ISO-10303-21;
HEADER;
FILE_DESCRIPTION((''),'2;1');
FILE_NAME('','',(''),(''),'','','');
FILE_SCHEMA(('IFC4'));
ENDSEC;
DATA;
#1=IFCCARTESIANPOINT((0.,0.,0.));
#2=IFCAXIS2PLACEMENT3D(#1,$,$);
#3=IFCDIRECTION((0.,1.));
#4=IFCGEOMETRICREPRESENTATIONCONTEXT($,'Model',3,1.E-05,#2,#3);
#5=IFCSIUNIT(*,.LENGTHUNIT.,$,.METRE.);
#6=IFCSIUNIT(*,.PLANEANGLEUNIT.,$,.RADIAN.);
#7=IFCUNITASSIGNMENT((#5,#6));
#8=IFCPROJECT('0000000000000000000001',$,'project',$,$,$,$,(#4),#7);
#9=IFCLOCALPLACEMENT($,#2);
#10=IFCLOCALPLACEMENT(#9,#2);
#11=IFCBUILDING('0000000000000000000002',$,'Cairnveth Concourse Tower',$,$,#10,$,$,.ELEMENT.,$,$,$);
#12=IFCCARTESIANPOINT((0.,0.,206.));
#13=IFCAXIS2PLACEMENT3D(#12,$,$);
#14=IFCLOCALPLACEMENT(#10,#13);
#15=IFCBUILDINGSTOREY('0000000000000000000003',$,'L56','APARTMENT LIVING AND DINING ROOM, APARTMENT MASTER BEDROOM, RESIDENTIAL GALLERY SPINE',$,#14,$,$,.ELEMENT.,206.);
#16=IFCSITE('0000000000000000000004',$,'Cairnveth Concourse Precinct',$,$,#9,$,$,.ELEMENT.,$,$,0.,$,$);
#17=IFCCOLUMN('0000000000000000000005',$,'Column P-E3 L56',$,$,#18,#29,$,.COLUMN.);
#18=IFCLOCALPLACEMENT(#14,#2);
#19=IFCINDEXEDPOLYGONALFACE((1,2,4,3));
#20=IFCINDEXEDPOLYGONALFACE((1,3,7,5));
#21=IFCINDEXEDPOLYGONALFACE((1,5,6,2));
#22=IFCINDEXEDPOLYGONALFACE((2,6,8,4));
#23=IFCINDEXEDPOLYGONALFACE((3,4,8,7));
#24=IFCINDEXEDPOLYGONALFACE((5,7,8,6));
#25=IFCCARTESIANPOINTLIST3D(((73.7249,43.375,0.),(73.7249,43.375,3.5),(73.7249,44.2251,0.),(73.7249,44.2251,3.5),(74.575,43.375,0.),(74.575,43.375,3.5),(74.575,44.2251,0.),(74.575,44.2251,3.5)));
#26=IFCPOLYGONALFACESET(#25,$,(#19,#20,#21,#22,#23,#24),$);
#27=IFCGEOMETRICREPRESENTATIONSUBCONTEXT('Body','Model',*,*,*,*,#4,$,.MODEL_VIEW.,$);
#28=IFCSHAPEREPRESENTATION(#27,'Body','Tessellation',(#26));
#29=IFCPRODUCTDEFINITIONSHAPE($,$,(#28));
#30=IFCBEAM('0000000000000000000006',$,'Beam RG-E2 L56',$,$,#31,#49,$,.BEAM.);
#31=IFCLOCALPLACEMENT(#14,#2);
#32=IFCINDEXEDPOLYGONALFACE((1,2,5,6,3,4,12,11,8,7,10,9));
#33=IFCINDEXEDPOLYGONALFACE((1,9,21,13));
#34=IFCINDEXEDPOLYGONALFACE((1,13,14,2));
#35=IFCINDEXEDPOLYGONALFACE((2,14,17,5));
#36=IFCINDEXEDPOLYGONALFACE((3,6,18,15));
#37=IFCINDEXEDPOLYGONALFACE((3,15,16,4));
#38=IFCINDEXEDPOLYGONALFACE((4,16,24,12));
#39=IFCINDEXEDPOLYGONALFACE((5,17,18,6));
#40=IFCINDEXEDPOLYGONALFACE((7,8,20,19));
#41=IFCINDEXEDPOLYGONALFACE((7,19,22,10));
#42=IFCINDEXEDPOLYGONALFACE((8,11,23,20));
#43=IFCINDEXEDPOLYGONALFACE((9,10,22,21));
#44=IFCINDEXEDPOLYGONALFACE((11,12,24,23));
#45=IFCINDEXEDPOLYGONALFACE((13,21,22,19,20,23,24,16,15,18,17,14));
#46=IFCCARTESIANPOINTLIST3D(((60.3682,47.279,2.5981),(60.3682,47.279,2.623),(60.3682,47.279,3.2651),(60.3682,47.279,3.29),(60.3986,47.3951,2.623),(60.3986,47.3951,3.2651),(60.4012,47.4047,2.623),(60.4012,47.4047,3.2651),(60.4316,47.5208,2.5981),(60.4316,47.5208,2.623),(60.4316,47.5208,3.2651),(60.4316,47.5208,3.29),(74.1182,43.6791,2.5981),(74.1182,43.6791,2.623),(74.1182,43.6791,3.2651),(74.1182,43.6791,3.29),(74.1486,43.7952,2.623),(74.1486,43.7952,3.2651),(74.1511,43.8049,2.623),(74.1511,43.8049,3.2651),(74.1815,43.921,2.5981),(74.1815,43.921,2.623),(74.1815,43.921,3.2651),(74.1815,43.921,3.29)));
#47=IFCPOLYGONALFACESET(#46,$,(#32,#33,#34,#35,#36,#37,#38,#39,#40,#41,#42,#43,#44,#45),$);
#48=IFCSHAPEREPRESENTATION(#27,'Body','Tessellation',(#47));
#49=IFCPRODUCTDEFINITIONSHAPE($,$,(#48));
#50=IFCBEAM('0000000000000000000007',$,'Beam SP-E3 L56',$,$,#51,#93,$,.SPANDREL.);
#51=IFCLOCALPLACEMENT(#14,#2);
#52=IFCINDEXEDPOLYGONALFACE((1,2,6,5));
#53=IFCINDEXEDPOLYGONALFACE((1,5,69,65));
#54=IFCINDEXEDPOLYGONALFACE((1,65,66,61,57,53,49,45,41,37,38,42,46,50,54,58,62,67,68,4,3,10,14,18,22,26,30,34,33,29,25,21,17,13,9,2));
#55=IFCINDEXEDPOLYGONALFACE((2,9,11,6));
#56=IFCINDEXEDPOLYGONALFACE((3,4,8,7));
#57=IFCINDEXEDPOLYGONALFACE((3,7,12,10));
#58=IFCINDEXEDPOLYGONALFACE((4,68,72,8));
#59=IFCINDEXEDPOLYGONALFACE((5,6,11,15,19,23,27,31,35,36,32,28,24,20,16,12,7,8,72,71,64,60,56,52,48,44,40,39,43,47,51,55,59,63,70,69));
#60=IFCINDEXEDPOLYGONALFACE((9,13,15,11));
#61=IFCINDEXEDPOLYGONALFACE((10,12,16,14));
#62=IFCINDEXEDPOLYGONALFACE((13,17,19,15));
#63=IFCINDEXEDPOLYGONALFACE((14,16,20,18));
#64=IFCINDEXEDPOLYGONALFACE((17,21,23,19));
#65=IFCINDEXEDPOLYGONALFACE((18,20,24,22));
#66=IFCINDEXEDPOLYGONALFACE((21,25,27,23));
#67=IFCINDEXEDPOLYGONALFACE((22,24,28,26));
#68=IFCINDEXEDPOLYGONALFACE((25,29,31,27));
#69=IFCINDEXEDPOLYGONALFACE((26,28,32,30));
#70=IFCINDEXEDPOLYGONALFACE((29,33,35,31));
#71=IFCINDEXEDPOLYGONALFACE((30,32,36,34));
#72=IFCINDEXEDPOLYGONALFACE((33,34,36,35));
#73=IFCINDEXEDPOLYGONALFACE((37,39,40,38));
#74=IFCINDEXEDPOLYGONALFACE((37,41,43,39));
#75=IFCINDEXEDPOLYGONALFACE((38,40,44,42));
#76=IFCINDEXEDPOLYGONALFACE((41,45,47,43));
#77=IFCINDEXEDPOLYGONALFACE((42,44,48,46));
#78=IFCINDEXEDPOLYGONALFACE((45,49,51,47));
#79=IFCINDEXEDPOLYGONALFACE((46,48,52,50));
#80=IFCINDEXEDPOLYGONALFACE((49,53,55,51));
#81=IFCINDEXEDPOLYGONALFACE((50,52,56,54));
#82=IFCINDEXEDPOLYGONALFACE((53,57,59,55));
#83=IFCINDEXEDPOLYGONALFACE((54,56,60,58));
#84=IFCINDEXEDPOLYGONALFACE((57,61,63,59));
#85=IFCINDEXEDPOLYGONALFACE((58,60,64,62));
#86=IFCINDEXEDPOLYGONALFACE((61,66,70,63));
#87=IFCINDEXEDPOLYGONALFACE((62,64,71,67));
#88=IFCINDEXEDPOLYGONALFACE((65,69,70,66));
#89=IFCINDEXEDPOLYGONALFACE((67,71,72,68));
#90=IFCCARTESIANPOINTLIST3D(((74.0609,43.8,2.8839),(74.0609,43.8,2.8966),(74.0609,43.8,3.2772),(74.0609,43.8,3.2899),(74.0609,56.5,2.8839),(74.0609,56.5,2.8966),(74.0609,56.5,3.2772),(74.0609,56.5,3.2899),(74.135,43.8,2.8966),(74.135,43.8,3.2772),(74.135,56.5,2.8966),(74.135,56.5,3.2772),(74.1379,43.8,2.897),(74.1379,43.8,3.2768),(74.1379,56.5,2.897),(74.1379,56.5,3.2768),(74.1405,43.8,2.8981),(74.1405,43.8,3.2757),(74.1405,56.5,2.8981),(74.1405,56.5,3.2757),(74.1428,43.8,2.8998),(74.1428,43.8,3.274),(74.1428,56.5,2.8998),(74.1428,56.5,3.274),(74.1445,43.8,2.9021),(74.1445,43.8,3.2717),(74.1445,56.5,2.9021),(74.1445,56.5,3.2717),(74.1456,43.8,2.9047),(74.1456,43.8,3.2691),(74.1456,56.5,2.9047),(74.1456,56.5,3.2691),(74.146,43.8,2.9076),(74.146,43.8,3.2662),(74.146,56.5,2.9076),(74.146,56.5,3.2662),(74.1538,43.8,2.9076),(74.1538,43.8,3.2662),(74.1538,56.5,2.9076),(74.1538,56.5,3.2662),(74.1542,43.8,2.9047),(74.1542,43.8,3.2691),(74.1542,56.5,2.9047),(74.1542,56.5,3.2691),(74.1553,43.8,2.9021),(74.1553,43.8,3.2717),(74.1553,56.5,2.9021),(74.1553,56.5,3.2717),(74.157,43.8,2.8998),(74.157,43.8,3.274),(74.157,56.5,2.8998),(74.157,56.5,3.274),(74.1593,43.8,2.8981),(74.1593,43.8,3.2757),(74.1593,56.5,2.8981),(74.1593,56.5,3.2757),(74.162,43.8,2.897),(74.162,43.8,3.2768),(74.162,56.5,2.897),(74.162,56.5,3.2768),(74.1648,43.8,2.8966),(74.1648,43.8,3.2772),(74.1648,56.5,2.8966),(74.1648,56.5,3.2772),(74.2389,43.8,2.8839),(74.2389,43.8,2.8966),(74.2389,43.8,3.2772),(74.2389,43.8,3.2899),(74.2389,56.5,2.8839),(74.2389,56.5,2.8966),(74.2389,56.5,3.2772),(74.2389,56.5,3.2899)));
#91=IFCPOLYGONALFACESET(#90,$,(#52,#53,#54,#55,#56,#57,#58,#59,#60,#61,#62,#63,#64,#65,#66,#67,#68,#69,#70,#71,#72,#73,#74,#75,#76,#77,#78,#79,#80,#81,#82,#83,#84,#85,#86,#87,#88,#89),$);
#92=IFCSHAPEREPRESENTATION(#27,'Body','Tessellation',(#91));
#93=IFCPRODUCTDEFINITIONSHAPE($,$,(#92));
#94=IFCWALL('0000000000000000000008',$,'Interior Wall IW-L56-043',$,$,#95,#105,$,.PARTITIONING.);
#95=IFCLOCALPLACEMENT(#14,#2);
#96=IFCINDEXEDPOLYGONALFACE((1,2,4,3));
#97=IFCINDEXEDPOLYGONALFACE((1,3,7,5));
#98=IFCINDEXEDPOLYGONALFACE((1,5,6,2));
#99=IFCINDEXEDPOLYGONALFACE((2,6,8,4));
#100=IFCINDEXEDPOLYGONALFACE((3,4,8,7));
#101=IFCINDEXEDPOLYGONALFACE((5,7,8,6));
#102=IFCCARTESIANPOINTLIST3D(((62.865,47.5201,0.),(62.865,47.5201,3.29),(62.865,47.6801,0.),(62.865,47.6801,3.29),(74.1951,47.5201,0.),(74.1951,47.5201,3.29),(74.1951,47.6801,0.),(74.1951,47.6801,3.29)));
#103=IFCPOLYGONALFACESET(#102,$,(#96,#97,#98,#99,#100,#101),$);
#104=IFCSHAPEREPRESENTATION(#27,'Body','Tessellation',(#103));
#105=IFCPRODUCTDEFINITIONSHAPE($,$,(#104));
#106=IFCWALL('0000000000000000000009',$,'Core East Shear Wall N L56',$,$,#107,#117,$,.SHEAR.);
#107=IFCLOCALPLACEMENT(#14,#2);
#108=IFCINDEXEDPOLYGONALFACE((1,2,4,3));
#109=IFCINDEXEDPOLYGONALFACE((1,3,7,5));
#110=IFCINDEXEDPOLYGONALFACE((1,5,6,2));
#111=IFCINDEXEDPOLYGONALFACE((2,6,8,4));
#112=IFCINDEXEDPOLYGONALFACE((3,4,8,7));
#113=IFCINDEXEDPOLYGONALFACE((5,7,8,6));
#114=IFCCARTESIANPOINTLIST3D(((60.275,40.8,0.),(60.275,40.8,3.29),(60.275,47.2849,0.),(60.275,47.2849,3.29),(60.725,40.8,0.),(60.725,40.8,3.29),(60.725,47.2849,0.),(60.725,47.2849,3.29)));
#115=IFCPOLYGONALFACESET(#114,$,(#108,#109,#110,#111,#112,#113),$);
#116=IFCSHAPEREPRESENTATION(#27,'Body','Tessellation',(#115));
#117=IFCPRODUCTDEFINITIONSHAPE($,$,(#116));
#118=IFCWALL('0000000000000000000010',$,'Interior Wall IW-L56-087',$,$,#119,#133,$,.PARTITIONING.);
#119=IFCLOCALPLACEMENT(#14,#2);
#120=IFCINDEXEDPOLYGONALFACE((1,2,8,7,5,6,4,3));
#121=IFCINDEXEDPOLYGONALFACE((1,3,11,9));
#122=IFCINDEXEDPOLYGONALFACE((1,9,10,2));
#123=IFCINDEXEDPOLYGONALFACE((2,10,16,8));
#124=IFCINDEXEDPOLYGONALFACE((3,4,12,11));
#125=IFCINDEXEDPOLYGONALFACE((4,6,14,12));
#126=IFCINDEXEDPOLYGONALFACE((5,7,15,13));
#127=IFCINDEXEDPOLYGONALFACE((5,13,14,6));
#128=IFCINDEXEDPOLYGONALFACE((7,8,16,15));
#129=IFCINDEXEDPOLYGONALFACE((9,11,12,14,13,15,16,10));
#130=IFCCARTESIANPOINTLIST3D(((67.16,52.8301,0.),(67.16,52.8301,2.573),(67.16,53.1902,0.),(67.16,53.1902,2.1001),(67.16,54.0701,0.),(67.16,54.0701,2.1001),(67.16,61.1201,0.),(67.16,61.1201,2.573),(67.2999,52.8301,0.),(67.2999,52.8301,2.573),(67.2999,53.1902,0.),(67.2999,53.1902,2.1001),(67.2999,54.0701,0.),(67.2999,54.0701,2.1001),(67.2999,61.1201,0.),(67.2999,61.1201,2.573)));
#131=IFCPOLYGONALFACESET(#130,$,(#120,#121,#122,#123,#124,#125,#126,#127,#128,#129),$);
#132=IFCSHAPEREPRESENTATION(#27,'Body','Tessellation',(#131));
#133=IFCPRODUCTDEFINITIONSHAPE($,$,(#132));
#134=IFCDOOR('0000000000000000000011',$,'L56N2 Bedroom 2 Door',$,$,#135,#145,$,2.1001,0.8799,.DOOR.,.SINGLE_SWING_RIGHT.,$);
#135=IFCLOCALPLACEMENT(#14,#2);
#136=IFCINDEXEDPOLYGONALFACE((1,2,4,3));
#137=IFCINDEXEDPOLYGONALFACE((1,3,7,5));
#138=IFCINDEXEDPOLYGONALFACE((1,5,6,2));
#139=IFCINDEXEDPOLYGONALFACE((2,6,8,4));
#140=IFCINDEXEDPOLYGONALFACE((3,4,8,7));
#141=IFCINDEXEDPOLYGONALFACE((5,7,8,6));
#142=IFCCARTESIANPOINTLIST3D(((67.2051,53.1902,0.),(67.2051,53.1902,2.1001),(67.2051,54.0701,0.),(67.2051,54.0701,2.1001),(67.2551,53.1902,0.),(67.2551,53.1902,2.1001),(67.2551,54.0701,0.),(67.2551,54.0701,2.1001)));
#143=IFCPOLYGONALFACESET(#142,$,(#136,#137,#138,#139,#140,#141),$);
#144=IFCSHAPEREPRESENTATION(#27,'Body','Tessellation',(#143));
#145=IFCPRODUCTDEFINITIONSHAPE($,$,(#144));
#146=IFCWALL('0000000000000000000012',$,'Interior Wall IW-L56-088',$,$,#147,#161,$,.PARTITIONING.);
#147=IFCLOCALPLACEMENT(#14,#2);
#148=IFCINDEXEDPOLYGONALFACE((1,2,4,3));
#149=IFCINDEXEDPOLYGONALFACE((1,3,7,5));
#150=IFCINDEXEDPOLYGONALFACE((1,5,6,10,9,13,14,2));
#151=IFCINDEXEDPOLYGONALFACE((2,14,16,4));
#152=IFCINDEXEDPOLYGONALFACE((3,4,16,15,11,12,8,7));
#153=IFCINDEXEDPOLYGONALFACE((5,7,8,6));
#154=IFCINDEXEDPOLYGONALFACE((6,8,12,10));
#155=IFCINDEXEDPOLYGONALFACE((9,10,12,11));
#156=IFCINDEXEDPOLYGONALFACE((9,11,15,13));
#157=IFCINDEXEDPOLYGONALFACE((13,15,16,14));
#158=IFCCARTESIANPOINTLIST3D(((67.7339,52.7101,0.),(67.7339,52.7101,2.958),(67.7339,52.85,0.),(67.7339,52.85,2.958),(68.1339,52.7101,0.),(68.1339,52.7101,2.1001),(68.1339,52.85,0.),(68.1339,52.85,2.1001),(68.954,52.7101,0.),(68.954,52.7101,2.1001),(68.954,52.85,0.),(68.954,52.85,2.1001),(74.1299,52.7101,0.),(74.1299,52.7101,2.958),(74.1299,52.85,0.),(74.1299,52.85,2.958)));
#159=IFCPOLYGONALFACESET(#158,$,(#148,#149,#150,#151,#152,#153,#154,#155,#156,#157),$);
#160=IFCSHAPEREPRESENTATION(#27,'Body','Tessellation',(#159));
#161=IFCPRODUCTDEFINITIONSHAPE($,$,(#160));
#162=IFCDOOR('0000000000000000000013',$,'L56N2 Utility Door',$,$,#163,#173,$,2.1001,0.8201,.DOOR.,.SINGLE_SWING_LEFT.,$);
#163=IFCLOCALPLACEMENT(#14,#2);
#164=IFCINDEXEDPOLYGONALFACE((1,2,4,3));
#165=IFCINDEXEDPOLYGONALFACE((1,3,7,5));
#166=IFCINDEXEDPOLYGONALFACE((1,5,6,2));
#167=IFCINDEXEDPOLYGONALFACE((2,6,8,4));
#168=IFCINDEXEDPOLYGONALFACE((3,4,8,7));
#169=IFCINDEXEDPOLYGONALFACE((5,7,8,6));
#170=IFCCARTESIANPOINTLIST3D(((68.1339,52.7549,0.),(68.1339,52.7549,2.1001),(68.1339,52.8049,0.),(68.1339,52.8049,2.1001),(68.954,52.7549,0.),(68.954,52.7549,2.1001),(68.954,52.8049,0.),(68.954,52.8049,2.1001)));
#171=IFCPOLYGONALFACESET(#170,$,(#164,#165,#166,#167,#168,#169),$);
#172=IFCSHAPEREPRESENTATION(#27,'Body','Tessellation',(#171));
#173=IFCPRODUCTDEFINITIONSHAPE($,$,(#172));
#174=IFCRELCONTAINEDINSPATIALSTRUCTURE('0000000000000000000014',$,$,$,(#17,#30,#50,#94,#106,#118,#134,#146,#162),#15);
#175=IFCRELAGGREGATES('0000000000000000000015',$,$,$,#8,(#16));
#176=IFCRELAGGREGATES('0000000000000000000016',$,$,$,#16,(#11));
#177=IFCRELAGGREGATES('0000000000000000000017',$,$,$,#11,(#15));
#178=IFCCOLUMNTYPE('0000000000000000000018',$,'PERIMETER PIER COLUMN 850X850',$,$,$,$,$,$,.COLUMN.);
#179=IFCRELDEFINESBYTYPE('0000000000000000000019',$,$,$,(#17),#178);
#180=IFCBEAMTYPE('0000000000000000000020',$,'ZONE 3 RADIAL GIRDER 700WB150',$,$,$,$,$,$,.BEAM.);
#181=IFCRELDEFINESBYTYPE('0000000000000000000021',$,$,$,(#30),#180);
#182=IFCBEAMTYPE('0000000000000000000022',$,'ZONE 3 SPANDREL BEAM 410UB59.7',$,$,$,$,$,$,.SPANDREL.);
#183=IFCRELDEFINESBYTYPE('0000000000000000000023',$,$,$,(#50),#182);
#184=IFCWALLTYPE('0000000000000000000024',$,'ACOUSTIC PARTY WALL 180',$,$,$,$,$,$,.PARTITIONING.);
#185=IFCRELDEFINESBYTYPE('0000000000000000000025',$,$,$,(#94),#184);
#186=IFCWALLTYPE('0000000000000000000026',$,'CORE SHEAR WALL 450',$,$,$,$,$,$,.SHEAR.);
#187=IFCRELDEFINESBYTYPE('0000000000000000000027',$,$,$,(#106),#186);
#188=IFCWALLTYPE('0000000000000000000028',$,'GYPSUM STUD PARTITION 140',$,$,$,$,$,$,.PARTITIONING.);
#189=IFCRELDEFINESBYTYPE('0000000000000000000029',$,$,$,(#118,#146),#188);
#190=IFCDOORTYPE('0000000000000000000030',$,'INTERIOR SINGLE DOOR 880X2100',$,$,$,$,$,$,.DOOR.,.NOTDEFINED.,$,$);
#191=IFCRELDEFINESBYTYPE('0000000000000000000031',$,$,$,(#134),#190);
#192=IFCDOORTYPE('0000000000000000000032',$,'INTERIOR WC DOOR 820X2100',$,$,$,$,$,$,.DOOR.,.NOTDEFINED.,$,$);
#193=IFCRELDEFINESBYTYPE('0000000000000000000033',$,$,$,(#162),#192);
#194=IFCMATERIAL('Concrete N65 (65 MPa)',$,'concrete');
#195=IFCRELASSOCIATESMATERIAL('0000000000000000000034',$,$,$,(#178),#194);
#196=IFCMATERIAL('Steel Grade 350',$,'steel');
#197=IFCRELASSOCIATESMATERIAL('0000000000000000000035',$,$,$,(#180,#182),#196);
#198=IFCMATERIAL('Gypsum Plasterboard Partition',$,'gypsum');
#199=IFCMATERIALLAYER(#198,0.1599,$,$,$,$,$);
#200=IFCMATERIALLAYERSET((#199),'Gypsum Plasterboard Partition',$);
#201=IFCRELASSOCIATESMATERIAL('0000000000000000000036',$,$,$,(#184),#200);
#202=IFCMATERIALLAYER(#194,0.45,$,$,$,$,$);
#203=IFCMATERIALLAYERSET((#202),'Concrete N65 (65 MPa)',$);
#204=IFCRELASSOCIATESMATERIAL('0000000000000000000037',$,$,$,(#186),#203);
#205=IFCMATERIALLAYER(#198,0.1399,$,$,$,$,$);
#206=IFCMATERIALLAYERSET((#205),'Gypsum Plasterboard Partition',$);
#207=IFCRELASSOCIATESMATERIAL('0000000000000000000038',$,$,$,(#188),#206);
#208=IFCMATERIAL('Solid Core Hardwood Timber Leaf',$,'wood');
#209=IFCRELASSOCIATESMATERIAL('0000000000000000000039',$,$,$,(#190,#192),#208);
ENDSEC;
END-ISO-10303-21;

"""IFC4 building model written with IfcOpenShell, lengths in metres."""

from ifc_helpers import new_model, si_unit, direction, frame, frame_2d, origin, origin_2d, place, context, subcontext, project, spatial, rectangle, i_section, extrude, material, layer, layer_set, material_profile, profile_set, type_object, element, fill, save


model = new_model("IFC4")

# Units and contexts
model_context = context("Model", 3, precision=1e-05, world=origin(), true_north=direction((0.0, 1.0)))
body_context = subcontext(model_context, "Body", "Model", "MODEL_VIEW")
ifc_project = project(units=[si_unit("LENGTHUNIT", "METRE"), si_unit("PLANEANGLEUNIT", "RADIAN")], contexts=[model_context])

# Site, building, storey
site_placement = place(None, origin())
site = spatial("IfcSite", under=ifc_project, at=site_placement, Name="Cairnveth Concourse Precinct", CompositionType="ELEMENT", RefElevation=0.0)
building_placement = place(site_placement, origin())
building = spatial("IfcBuilding", under=site, at=building_placement, Name="Cairnveth Concourse Tower", CompositionType="ELEMENT")
storey_placement = place(building_placement, frame((0.0, 0.0, 206.0)))
storey = spatial("IfcBuildingStorey", under=building, at=storey_placement, Name="L56", Description="APARTMENT LIVING AND DINING ROOM, APARTMENT MASTER BEDROOM, RESIDENTIAL GALLERY SPINE", CompositionType="ELEMENT", Elevation=206.0)

# Column
ifc_material_1 = material(Name="Concrete N65 (65 MPa)", Category="concrete")
ifc_material_profile_1 = material_profile(ifc_material_1, rectangle(XDim=0.8501, YDim=0.8501, at=origin_2d()), Name="RC-COL-850x850")
ifc_profile_set_1 = profile_set([ifc_material_profile_1], Name="Concrete N65 (65 MPa)")
column_type = type_object("IfcColumnType", Name="PERIMETER PIER COLUMN 850X850", PredefinedType="COLUMN", material=ifc_profile_set_1)
column_placement = place(storey_placement, frame((74.1499, 43.8, 0.0), z_axis=(0.0, 0.0, 1.0), x_axis=(0.0, 1.0, 0.0)))
element("IfcColumn", 1, at=column_placement, inside=storey, type_object=column_type, Name="Column P-E3 L56", PredefinedType="COLUMN", context=body_context, shape_type="SweptSolid", body=[
    extrude(rectangle(XDim=0.8501, YDim=0.8501, at=origin_2d()), origin(), (0.0, 0.0, 1.0), 3.5),
])

# Beams
ifc_material_2 = material(Name="Steel Grade 350", Category="steel")
ifc_material_profile_2 = material_profile(ifc_material_2, i_section(OverallWidth=0.25, OverallDepth=0.6919, WebThickness=0.01, FlangeThickness=0.0249, at=origin_2d()), Name="700WB150")
ifc_profile_set_2 = profile_set([ifc_material_profile_2], Name="Steel Grade 350")
beam_type_1 = type_object("IfcBeamType", Name="ZONE 3 RADIAL GIRDER 700WB150", PredefinedType="BEAM", material=ifc_profile_set_2)
beam_1_placement = place(storey_placement, frame((60.3999, 47.3999, 2.9441), z_axis=(0.967395, -0.253271, 0.0), x_axis=(0.253271, 0.967395, 0.0)))
element("IfcBeam", 2, at=beam_1_placement, inside=storey, type_object=beam_type_1, Name="Beam RG-E2 L56", PredefinedType="BEAM", context=body_context, shape_type="SweptSolid", body=[
    extrude(i_section(OverallWidth=0.25, OverallDepth=0.6919, WebThickness=0.01, FlangeThickness=0.0249, at=origin_2d()), origin(), (0.0, 0.0, 1.0), 14.2134),
])
ifc_material_profile_3 = material_profile(ifc_material_2, i_section(OverallWidth=0.178, OverallDepth=0.406, WebThickness=0.0078, FlangeThickness=0.0127, FilletRadius=0.011, at=origin_2d()), Name="410UB59.7")
ifc_profile_set_3 = profile_set([ifc_material_profile_3], Name="Steel Grade 350")
beam_type_2 = type_object("IfcBeamType", Name="ZONE 3 SPANDREL BEAM 410UB59.7", PredefinedType="SPANDREL", material=ifc_profile_set_3)
beam_2_placement = place(storey_placement, frame((74.1499, 43.8, 3.0869), z_axis=(0.0, 1.0, 0.0), x_axis=(-1.0, 0.0, 0.0)))
element("IfcBeam", 3, at=beam_2_placement, inside=storey, type_object=beam_type_2, Name="Beam SP-E3 L56", PredefinedType="SPANDREL", context=body_context, shape_type="SweptSolid", body=[
    extrude(i_section(OverallWidth=0.178, OverallDepth=0.406, WebThickness=0.0078, FlangeThickness=0.0127, FilletRadius=0.011, at=origin_2d()), origin(), (0.0, 0.0, 1.0), 12.7),
])

# Walls
ifc_material_3 = material(Name="Gypsum Plasterboard Partition", Category="gypsum")
ifc_layer_1 = layer(ifc_material_3, 0.1599)
ifc_layer_set_1 = layer_set([ifc_layer_1], Name="Gypsum Plasterboard Partition")
wall_type_1 = type_object("IfcWallType", Name="ACOUSTIC PARTY WALL 180", PredefinedType="PARTITIONING", material=ifc_layer_set_1)
wall_1_placement = place(storey_placement, frame((62.865, 47.6001, 0.0), z_axis=(0.0, 0.0, 1.0), x_axis=(1.0, 0.0, 0.0)))
element("IfcWall", 4, at=wall_1_placement, inside=storey, type_object=wall_type_1, Name="Interior Wall IW-L56-043", PredefinedType="PARTITIONING", context=body_context, shape_type="SweptSolid", body=[
    extrude(rectangle(XDim=11.3301, YDim=0.1599, at=frame_2d((5.665, 0.0))), origin(), (0.0, 0.0, 1.0), 3.29),
])
ifc_layer_2 = layer(ifc_material_1, 0.45)
ifc_layer_set_2 = layer_set([ifc_layer_2], Name="Concrete N65 (65 MPa)")
wall_type_2 = type_object("IfcWallType", Name="CORE SHEAR WALL 450", PredefinedType="SHEAR", material=ifc_layer_set_2)
wall_2_placement = place(storey_placement, frame((60.5, 40.8, 0.0), z_axis=(0.0, 0.0, 1.0), x_axis=(0.0, 1.0, 0.0)))
element("IfcWall", 5, at=wall_2_placement, inside=storey, type_object=wall_type_2, Name="Core East Shear Wall N L56", PredefinedType="SHEAR", context=body_context, shape_type="SweptSolid", body=[
    extrude(rectangle(XDim=6.4849, YDim=0.45, at=frame_2d((3.2424, 0.0))), origin(), (0.0, 0.0, 1.0), 3.29),
])

# Walls, openings, doors
ifc_layer_3 = layer(ifc_material_3, 0.1399)
ifc_layer_set_3 = layer_set([ifc_layer_3], Name="Gypsum Plasterboard Partition")
wall_type_3 = type_object("IfcWallType", Name="GYPSUM STUD PARTITION 140", PredefinedType="PARTITIONING", material=ifc_layer_set_3)
wall_3_placement = place(storey_placement, frame((67.23, 52.8301, 0.0), z_axis=(0.0, 0.0, 1.0), x_axis=(0.0, 1.0, 0.0)))
wall_3 = element("IfcWall", 6, at=wall_3_placement, inside=storey, type_object=wall_type_3, Name="Interior Wall IW-L56-087", PredefinedType="PARTITIONING", context=body_context, shape_type="SweptSolid", body=[
    extrude(rectangle(XDim=8.29, YDim=0.1399, at=frame_2d((4.145, 0.0))), origin(), (0.0, 0.0, 1.0), 2.573),
])
opening_1_placement = place(wall_3_placement, frame((0.3601, 0.0, 0.0)))
opening_1 = element("IfcOpeningElement", 7, at=opening_1_placement, cuts=wall_3, PredefinedType="OPENING", context=body_context, shape_type="SweptSolid", body=[
    extrude(rectangle(XDim=0.8799, YDim=2.1001, at=frame_2d((0.4399, 1.05))), frame((0.0, 0.0798, 0.0), z_axis=(0.0, -1.0, 0.0), x_axis=(1.0, 0.0, 0.0)), (0.0, 0.0, 1.0), 0.1599),
])
ifc_material_4 = material(Name="Solid Core Hardwood Timber Leaf", Category="wood")
door_type_1 = type_object("IfcDoorType", Name="INTERIOR SINGLE DOOR 880X2100", OperationType="NOTDEFINED", PredefinedType="DOOR", material=ifc_material_4)
door_1_placement = place(opening_1_placement, origin())
door_1 = element("IfcDoor", 8, at=door_1_placement, inside=storey, type_object=door_type_1, Name="L56N2 Bedroom 2 Door", OperationType="SINGLE_SWING_RIGHT", OverallHeight=2.1001, OverallWidth=0.8799, PredefinedType="DOOR", context=body_context, shape_type="SweptSolid", body=[
    extrude(rectangle(XDim=0.8799, YDim=2.1001, at=frame_2d((0.4399, 1.05))), frame((0.0, 0.0249, 0.0), z_axis=(0.0, -1.0, 0.0), x_axis=(1.0, 0.0, 0.0)), (0.0, 0.0, 1.0), 0.05),
])
fill(opening_1, door_1)
wall_4_placement = place(storey_placement, frame((67.7339, 52.78, 0.0), z_axis=(0.0, 0.0, 1.0), x_axis=(1.0, 0.0, 0.0)))
wall_4 = element("IfcWall", 9, at=wall_4_placement, inside=storey, type_object=wall_type_3, Name="Interior Wall IW-L56-088", PredefinedType="PARTITIONING", context=body_context, shape_type="SweptSolid", body=[
    extrude(rectangle(XDim=6.396, YDim=0.1399, at=frame_2d((3.198, 0.0))), origin(), (0.0, 0.0, 1.0), 2.958),
])
opening_2_placement = place(wall_4_placement, frame((0.3999, 0.0, 0.0)))
opening_2 = element("IfcOpeningElement", 10, at=opening_2_placement, cuts=wall_4, PredefinedType="OPENING", context=body_context, shape_type="SweptSolid", body=[
    extrude(rectangle(XDim=0.8201, YDim=2.1001, at=frame_2d((0.4102, 1.05))), frame((0.0, 0.0798, 0.0), z_axis=(0.0, -1.0, 0.0), x_axis=(1.0, 0.0, 0.0)), (0.0, 0.0, 1.0), 0.1599),
])
door_type_2 = type_object("IfcDoorType", Name="INTERIOR WC DOOR 820X2100", OperationType="NOTDEFINED", PredefinedType="DOOR", material=ifc_material_4)
door_2_placement = place(opening_2_placement, origin())
door_2 = element("IfcDoor", 11, at=door_2_placement, inside=storey, type_object=door_type_2, Name="L56N2 Utility Door", OperationType="SINGLE_SWING_LEFT", OverallHeight=2.1001, OverallWidth=0.8201, PredefinedType="DOOR", context=body_context, shape_type="SweptSolid", body=[
    extrude(rectangle(XDim=0.8201, YDim=2.1001, at=frame_2d((0.4102, 1.05))), frame((0.0, 0.0249, 0.0), z_axis=(0.0, -1.0, 0.0), x_axis=(1.0, 0.0, 0.0)), (0.0, 0.0, 1.0), 0.05),
])
fill(opening_2, door_2)

save(model, "model.ifc")
